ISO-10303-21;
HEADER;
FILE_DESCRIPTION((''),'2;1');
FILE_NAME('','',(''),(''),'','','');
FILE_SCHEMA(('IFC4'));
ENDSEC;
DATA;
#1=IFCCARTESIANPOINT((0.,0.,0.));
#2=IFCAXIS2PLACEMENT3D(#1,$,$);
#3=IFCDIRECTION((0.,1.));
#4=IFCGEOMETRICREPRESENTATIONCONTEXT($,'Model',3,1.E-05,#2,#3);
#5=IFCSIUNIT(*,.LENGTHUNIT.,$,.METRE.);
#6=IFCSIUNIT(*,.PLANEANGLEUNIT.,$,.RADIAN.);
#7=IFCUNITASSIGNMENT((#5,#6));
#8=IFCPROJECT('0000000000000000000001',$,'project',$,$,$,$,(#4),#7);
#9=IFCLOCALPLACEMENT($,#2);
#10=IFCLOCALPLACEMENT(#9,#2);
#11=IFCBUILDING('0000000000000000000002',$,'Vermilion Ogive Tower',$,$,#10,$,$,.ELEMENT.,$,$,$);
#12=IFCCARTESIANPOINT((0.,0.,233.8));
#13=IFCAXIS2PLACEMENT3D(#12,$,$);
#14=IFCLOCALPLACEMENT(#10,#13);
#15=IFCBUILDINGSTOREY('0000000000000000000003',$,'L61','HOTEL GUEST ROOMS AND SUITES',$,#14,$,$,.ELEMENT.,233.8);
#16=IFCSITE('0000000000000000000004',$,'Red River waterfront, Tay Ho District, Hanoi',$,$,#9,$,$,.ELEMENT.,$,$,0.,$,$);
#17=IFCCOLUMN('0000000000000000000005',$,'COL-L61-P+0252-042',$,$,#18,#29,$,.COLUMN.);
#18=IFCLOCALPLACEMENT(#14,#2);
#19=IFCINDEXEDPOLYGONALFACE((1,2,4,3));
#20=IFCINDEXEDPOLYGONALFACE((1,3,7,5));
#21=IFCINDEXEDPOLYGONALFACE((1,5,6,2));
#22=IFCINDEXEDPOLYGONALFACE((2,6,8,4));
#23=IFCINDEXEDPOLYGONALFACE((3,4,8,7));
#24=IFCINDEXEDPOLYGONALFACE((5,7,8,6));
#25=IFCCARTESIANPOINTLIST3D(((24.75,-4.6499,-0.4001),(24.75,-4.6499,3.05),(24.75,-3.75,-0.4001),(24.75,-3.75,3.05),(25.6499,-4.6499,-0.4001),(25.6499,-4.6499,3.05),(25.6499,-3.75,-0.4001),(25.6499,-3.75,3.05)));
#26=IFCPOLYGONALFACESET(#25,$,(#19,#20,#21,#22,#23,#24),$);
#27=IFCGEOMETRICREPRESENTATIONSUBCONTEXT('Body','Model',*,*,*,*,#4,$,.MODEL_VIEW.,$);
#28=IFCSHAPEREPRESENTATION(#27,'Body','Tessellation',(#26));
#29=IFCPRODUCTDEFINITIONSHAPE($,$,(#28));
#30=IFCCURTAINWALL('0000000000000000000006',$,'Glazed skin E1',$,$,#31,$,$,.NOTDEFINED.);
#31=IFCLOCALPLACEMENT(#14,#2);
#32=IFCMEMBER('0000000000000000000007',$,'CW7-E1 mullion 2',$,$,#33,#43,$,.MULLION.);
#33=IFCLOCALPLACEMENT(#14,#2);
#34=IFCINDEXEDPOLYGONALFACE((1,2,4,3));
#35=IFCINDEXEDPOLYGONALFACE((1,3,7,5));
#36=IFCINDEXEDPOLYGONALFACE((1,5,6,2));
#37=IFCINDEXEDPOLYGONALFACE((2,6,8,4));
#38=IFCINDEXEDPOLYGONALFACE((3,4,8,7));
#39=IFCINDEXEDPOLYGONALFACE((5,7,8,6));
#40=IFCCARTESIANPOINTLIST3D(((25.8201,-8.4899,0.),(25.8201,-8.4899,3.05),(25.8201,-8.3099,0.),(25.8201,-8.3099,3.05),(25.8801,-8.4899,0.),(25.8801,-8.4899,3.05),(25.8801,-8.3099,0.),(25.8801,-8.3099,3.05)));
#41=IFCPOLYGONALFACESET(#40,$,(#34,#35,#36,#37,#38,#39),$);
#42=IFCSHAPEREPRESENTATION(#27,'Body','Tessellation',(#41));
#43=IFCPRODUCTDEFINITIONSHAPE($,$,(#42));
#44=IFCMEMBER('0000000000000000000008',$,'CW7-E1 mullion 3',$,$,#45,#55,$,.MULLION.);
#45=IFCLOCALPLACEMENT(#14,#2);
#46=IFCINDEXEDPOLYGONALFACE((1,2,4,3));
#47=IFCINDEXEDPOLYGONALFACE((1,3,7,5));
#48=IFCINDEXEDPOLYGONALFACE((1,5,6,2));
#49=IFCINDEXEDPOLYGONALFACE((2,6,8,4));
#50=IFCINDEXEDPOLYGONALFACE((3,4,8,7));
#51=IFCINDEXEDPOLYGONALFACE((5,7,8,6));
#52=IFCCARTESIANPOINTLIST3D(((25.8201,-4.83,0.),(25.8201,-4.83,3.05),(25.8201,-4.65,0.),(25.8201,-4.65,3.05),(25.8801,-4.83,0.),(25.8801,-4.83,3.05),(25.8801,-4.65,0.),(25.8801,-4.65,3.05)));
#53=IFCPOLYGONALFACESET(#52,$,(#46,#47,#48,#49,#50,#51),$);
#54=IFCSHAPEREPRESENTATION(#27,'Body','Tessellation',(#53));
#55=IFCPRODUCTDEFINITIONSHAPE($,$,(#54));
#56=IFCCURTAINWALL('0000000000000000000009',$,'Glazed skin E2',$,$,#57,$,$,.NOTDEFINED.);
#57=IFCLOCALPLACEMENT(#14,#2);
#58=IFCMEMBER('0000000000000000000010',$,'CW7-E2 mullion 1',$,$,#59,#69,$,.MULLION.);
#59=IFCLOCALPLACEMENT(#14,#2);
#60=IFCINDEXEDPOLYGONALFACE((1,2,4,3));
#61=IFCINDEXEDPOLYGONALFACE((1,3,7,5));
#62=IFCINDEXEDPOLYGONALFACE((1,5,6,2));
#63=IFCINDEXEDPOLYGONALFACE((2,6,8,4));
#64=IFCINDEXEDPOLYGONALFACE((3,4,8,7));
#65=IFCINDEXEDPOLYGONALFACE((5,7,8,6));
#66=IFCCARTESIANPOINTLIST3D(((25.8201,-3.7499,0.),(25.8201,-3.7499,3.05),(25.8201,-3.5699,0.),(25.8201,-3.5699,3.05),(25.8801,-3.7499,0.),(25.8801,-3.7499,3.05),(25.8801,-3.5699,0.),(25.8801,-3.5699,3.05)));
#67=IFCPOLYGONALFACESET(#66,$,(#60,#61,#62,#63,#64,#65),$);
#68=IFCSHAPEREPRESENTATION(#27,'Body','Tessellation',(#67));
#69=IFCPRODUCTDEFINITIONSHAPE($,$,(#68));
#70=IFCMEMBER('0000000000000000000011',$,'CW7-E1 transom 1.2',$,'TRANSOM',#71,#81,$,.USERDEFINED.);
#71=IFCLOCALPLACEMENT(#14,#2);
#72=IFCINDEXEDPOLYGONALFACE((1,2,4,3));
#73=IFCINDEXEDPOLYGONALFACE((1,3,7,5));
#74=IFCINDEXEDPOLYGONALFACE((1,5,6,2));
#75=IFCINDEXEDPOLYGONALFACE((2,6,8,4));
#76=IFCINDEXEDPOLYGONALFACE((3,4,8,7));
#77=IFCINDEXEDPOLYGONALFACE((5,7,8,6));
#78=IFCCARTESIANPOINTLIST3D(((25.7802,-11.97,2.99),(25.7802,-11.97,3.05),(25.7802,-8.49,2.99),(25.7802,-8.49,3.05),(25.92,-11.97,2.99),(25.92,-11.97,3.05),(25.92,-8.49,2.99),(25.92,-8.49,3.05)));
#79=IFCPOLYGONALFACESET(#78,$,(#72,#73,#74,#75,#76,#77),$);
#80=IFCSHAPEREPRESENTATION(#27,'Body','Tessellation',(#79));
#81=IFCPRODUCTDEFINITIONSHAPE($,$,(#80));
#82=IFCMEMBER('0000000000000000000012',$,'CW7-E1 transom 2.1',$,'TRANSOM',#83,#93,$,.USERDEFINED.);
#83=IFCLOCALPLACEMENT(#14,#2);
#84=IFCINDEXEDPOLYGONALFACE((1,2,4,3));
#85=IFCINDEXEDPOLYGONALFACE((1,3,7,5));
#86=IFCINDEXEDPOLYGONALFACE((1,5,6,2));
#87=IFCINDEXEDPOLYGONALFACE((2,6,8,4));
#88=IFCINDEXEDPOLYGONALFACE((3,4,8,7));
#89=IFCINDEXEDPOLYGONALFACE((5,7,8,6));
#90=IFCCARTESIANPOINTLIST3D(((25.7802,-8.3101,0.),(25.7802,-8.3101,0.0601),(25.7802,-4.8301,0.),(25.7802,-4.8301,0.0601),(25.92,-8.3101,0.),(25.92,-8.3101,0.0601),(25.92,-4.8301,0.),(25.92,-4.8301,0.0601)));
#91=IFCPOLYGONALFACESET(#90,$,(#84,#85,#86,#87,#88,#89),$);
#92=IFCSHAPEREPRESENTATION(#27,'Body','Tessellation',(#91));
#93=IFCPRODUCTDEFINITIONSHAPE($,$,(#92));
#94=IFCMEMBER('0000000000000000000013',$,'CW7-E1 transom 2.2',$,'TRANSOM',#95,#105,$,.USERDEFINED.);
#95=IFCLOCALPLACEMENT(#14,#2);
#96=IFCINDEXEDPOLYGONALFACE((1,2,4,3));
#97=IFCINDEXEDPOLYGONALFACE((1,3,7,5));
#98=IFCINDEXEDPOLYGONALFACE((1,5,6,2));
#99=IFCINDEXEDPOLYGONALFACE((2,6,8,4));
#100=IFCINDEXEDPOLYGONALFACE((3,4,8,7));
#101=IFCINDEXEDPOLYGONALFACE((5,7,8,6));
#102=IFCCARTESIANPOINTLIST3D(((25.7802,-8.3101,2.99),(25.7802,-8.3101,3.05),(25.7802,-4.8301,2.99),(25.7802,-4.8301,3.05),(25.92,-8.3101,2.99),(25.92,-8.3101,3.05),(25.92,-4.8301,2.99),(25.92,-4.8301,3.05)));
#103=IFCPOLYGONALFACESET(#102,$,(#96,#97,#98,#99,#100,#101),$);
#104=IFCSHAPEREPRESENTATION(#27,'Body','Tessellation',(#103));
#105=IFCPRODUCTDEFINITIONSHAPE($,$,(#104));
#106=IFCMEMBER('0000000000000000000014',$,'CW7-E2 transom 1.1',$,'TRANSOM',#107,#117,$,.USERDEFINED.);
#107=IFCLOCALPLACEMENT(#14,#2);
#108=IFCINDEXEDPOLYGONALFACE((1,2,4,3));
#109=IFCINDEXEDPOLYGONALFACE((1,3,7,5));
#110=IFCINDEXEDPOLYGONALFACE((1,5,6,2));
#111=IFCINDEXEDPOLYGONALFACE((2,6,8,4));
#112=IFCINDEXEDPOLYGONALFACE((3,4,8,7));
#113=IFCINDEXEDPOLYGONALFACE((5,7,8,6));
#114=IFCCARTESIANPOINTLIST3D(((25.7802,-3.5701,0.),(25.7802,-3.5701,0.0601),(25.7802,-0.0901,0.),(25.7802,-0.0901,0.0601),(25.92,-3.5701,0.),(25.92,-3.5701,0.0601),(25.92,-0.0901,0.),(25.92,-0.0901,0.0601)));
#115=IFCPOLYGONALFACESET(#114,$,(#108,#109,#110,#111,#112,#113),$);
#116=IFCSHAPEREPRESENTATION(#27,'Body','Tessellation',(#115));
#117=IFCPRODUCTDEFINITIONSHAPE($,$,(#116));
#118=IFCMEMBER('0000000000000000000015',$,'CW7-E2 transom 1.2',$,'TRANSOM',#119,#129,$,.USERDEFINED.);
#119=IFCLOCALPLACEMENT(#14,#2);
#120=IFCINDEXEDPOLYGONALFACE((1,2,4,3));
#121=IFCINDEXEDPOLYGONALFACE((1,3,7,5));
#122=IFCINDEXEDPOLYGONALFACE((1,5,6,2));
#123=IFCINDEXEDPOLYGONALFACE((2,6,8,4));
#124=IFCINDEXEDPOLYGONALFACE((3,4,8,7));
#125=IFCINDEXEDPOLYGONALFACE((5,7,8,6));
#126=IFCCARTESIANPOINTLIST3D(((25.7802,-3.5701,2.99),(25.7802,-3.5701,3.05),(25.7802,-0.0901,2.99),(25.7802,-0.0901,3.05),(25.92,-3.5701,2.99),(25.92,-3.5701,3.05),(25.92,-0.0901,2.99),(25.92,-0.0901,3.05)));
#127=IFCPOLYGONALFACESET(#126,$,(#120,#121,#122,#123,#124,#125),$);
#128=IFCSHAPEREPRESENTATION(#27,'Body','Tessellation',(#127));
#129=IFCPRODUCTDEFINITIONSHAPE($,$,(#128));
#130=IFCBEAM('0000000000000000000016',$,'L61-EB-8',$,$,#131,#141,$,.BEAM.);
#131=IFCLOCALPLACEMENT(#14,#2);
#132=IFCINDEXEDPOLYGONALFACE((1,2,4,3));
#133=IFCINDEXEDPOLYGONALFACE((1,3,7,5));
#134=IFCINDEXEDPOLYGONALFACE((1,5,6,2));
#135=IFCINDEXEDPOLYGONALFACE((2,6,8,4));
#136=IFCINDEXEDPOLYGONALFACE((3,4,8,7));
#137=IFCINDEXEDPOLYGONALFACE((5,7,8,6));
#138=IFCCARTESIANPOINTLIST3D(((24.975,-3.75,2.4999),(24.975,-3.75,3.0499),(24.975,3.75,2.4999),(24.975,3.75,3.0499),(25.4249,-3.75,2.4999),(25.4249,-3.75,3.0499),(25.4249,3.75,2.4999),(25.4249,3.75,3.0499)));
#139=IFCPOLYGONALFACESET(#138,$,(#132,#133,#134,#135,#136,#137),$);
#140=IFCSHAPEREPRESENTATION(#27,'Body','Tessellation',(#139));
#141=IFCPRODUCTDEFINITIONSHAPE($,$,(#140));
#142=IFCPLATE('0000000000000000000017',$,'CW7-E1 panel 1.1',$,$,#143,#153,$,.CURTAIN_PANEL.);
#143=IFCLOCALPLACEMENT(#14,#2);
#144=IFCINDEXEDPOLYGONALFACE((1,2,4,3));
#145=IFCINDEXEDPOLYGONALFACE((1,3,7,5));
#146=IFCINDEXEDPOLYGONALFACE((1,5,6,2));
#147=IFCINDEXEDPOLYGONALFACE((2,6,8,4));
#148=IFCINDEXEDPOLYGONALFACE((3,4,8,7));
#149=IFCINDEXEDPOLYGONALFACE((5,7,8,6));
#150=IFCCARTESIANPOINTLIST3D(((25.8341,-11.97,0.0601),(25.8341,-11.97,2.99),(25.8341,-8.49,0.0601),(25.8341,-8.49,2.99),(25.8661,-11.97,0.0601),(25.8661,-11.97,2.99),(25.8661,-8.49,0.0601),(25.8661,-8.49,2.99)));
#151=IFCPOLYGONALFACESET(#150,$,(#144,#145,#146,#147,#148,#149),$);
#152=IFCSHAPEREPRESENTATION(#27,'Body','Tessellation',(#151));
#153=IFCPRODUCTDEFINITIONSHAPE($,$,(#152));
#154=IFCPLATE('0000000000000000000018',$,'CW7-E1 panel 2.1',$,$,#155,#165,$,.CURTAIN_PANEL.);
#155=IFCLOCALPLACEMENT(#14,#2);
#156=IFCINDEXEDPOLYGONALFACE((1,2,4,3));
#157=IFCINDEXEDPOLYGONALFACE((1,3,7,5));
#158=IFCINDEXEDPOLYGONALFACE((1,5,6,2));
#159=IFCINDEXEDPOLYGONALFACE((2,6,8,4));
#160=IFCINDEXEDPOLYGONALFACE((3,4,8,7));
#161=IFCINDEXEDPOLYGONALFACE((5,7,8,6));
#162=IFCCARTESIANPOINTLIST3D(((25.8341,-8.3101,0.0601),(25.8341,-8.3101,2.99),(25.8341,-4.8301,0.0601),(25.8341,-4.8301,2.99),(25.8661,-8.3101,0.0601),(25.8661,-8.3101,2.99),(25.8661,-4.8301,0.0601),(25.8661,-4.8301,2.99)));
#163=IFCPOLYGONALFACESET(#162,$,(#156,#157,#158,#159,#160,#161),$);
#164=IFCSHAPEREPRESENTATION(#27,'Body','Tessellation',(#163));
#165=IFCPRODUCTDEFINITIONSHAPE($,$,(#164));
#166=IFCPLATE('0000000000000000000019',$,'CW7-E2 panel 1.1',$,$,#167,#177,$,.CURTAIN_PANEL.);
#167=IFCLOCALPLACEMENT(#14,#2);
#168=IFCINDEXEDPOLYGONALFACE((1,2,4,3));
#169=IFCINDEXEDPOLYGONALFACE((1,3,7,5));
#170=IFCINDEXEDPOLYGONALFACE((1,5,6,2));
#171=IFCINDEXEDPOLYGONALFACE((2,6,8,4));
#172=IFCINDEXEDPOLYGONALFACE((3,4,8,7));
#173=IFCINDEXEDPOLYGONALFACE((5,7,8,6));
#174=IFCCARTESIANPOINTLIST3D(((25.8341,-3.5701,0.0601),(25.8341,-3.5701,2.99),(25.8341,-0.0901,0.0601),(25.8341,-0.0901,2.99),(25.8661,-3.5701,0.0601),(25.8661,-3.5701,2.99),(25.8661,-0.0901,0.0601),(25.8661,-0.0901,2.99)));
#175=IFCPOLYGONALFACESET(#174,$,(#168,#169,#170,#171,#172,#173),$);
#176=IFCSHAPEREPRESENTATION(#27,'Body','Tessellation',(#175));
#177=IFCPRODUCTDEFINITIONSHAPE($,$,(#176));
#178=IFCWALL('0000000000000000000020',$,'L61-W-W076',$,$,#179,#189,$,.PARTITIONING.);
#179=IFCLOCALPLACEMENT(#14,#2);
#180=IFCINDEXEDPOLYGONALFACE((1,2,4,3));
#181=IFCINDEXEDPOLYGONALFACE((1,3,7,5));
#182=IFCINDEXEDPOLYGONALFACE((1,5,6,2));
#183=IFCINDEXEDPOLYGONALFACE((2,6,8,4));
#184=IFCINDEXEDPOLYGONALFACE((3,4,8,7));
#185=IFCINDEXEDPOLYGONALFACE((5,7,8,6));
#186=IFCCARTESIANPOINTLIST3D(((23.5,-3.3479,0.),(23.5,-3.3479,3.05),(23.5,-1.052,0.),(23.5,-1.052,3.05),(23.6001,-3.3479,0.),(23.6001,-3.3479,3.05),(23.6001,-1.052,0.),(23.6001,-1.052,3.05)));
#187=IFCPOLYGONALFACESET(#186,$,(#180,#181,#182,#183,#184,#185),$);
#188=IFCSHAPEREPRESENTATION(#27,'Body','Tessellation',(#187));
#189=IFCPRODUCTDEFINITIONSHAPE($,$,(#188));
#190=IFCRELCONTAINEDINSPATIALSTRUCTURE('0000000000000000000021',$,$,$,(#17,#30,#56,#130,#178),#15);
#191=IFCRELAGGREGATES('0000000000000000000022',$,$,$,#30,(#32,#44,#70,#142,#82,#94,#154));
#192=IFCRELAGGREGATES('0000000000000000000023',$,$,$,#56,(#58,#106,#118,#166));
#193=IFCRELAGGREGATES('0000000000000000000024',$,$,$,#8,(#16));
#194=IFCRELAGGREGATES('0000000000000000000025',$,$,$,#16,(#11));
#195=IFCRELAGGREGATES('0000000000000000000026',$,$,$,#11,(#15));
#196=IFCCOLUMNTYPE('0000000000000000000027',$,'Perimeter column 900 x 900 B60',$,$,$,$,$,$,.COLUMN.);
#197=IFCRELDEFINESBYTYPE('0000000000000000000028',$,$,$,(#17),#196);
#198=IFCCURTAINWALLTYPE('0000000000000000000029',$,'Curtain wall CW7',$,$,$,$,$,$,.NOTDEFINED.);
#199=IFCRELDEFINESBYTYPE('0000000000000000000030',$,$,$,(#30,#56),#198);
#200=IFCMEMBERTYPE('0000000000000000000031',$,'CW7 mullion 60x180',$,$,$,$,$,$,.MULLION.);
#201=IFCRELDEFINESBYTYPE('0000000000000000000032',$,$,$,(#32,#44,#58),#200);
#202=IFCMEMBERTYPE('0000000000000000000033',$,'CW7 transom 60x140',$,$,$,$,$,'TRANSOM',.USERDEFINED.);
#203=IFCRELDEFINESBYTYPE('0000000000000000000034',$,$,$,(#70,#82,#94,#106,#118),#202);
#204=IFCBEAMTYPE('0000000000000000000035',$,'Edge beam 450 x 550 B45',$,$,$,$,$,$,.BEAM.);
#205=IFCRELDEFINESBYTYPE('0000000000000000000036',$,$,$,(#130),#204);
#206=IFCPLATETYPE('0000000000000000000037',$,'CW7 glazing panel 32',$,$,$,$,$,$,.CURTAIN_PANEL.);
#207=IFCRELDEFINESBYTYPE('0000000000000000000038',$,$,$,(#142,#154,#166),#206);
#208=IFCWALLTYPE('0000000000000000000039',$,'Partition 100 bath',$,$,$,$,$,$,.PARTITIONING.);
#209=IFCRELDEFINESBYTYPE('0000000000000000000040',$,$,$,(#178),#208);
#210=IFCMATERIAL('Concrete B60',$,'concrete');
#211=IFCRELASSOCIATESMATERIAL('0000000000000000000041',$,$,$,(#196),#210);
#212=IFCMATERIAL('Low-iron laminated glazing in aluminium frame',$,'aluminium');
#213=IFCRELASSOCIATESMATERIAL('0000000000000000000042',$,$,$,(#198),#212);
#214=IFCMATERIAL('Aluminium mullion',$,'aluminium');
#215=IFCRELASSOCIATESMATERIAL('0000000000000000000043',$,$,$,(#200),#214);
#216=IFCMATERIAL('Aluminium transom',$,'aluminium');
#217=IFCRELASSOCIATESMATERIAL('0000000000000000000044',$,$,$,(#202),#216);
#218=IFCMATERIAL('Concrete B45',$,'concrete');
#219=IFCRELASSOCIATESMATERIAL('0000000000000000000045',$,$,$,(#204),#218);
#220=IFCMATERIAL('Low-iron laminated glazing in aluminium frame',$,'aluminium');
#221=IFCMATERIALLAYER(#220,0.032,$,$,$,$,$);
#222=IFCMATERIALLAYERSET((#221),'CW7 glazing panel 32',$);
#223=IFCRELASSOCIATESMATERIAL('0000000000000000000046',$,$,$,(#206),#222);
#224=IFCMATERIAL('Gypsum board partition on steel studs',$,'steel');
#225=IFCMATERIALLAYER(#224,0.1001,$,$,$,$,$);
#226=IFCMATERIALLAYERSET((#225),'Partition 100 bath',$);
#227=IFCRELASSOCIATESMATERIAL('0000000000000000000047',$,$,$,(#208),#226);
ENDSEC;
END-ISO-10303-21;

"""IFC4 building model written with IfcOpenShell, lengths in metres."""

from ifc_helpers import new_model, si_unit, direction, frame, frame_2d, origin, origin_2d, place, context, subcontext, project, spatial, rectangle, extrude, material, layer, layer_set, material_profile, profile_set, type_object, element, aggregate, save


model = new_model("IFC4")

# Units and contexts
model_context = context("Model", 3, precision=1e-05, world=origin(), true_north=direction((0.0, 1.0)))
body_context = subcontext(model_context, "Body", "Model", "MODEL_VIEW")
ifc_project = project(units=[si_unit("LENGTHUNIT", "METRE"), si_unit("PLANEANGLEUNIT", "RADIAN")], contexts=[model_context])

# Site, building, storey
site_placement = place(None, origin())
site = spatial("IfcSite", under=ifc_project, at=site_placement, Name="Red River waterfront, Tay Ho District, Hanoi", CompositionType="ELEMENT", RefElevation=0.0)
building_placement = place(site_placement, origin())
building = spatial("IfcBuilding", under=site, at=building_placement, Name="Vermilion Ogive Tower", CompositionType="ELEMENT")
storey_placement = place(building_placement, frame((0.0, 0.0, 233.8)))
storey = spatial("IfcBuildingStorey", under=building, at=storey_placement, Name="L61", Description="HOTEL GUEST ROOMS AND SUITES", CompositionType="ELEMENT", Elevation=233.8)

# Column
ifc_material_1 = material(Name="Concrete B60", Category="concrete")
ifc_material_profile_1 = material_profile(ifc_material_1, rectangle(XDim=0.8999, YDim=0.8999, at=origin_2d()), Name="900 x 900")
ifc_profile_set_1 = profile_set([ifc_material_profile_1], Name="Concrete B60")
column_type = type_object("IfcColumnType", Name="Perimeter column 900 x 900 B60", PredefinedType="COLUMN", material=ifc_profile_set_1)
column_placement = place(storey_placement, frame((25.2, -4.2, -0.4001), z_axis=(0.0, 0.0, 1.0), x_axis=(1.0, 0.0, 0.0)))
element("IfcColumn", 1, at=column_placement, inside=storey, type_object=column_type, Name="COL-L61-P+0252-042", PredefinedType="COLUMN", context=body_context, shape_type="SweptSolid", body=[
    extrude(rectangle(XDim=0.8999, YDim=0.8999, at=origin_2d()), origin(), (0.0, 0.0, 1.0), 3.4502),
])

# Curtain wall, members
ifc_material_2 = material(Name="Low-iron laminated glazing in aluminium frame", Category="aluminium")
curtain_wall_type = type_object("IfcCurtainWallType", Name="Curtain wall CW7", PredefinedType="NOTDEFINED", material=ifc_material_2)
curtain_wall_1_placement = place(storey_placement, origin())
curtain_wall_1 = element("IfcCurtainWall", 2, at=curtain_wall_1_placement, inside=storey, type_object=curtain_wall_type, Name="Glazed skin E1", PredefinedType="NOTDEFINED")
ifc_material_3 = material(Name="Aluminium mullion", Category="aluminium")
ifc_material_profile_2 = material_profile(ifc_material_3, rectangle(XDim=0.0601, YDim=0.1799, at=origin_2d()), Name="AL 60x180")
ifc_profile_set_2 = profile_set([ifc_material_profile_2], Name="Aluminium mullion")
member_type_1 = type_object("IfcMemberType", Name="CW7 mullion 60x180", PredefinedType="MULLION", material=ifc_profile_set_2)
member_1_placement = place(storey_placement, frame((25.8501, -8.3999, 0.0), z_axis=(0.0, 0.0, 1.0), x_axis=(-1.0, 0.0, 0.0)))
member_1 = element("IfcMember", 3, at=member_1_placement, type_object=member_type_1, Name="CW7-E1 mullion 2", PredefinedType="MULLION", context=body_context, shape_type="SweptSolid", body=[
    extrude(rectangle(XDim=0.0601, YDim=0.1799, at=origin_2d()), origin(), (0.0, 0.0, 1.0), 3.05),
])
member_2_placement = place(storey_placement, frame((25.8501, -4.74, 0.0), z_axis=(0.0, 0.0, 1.0), x_axis=(-1.0, 0.0, 0.0)))
member_2 = element("IfcMember", 4, at=member_2_placement, type_object=member_type_1, Name="CW7-E1 mullion 3", PredefinedType="MULLION", context=body_context, shape_type="SweptSolid", body=[
    extrude(rectangle(XDim=0.0601, YDim=0.1799, at=origin_2d()), origin(), (0.0, 0.0, 1.0), 3.05),
])

# Curtain wall, member
curtain_wall_2_placement = place(storey_placement, origin())
curtain_wall_2 = element("IfcCurtainWall", 5, at=curtain_wall_2_placement, inside=storey, type_object=curtain_wall_type, Name="Glazed skin E2", PredefinedType="NOTDEFINED")
member_3_placement = place(storey_placement, frame((25.8501, -3.6599, 0.0), z_axis=(0.0, 0.0, 1.0), x_axis=(-1.0, 0.0, 0.0)))
member_3 = element("IfcMember", 6, at=member_3_placement, type_object=member_type_1, Name="CW7-E2 mullion 1", PredefinedType="MULLION", context=body_context, shape_type="SweptSolid", body=[
    extrude(rectangle(XDim=0.0601, YDim=0.1799, at=origin_2d()), origin(), (0.0, 0.0, 1.0), 3.05),
])

# Members
ifc_material_4 = material(Name="Aluminium transom", Category="aluminium")
ifc_material_profile_3 = material_profile(ifc_material_4, rectangle(XDim=0.1399, YDim=0.0601, at=origin_2d()), Name="AL 60x140")
ifc_profile_set_3 = profile_set([ifc_material_profile_3], Name="Aluminium transom")
member_type_2 = type_object("IfcMemberType", Name="CW7 transom 60x140", ElementType="TRANSOM", PredefinedType="USERDEFINED", material=ifc_profile_set_3)
member_4_placement = place(storey_placement, frame((25.8501, -11.97, 3.02), z_axis=(0.0, 1.0, 0.0), x_axis=(-1.0, 0.0, 0.0)))
member_4 = element("IfcMember", 7, at=member_4_placement, type_object=member_type_2, Name="CW7-E1 transom 1.2", ObjectType="TRANSOM", PredefinedType="USERDEFINED", context=body_context, shape_type="SweptSolid", body=[
    extrude(rectangle(XDim=0.1399, YDim=0.0601, at=origin_2d()), origin(), (0.0, 0.0, 1.0), 3.48),
])
member_5_placement = place(storey_placement, frame((25.8501, -8.3101, 0.03), z_axis=(0.0, 1.0, 0.0), x_axis=(-1.0, 0.0, 0.0)))
member_5 = element("IfcMember", 8, at=member_5_placement, type_object=member_type_2, Name="CW7-E1 transom 2.1", ObjectType="TRANSOM", PredefinedType="USERDEFINED", context=body_context, shape_type="SweptSolid", body=[
    extrude(rectangle(XDim=0.1399, YDim=0.0601, at=origin_2d()), origin(), (0.0, 0.0, 1.0), 3.48),
])
member_6_placement = place(storey_placement, frame((25.8501, -8.3101, 3.02), z_axis=(0.0, 1.0, 0.0), x_axis=(-1.0, 0.0, 0.0)))
member_6 = element("IfcMember", 9, at=member_6_placement, type_object=member_type_2, Name="CW7-E1 transom 2.2", ObjectType="TRANSOM", PredefinedType="USERDEFINED", context=body_context, shape_type="SweptSolid", body=[
    extrude(rectangle(XDim=0.1399, YDim=0.0601, at=origin_2d()), origin(), (0.0, 0.0, 1.0), 3.48),
])
member_7_placement = place(storey_placement, frame((25.8501, -3.5701, 0.03), z_axis=(0.0, 1.0, 0.0), x_axis=(-1.0, 0.0, 0.0)))
member_7 = element("IfcMember", 10, at=member_7_placement, type_object=member_type_2, Name="CW7-E2 transom 1.1", ObjectType="TRANSOM", PredefinedType="USERDEFINED", context=body_context, shape_type="SweptSolid", body=[
    extrude(rectangle(XDim=0.1399, YDim=0.0601, at=origin_2d()), origin(), (0.0, 0.0, 1.0), 3.48),
])
member_8_placement = place(storey_placement, frame((25.8501, -3.5701, 3.02), z_axis=(0.0, 1.0, 0.0), x_axis=(-1.0, 0.0, 0.0)))
member_8 = element("IfcMember", 11, at=member_8_placement, type_object=member_type_2, Name="CW7-E2 transom 1.2", ObjectType="TRANSOM", PredefinedType="USERDEFINED", context=body_context, shape_type="SweptSolid", body=[
    extrude(rectangle(XDim=0.1399, YDim=0.0601, at=origin_2d()), origin(), (0.0, 0.0, 1.0), 3.48),
])

# Beam
ifc_material_5 = material(Name="Concrete B45", Category="concrete")
ifc_material_profile_4 = material_profile(ifc_material_5, rectangle(XDim=0.45, YDim=0.55, at=origin_2d()), Name="450 x 550")
ifc_profile_set_4 = profile_set([ifc_material_profile_4], Name="Concrete B45")
beam_type = type_object("IfcBeamType", Name="Edge beam 450 x 550 B45", PredefinedType="BEAM", material=ifc_profile_set_4)
beam_placement = place(storey_placement, frame((25.2, -3.75, 2.7749), z_axis=(0.0, 1.0, 0.0), x_axis=(-1.0, 0.0, 0.0)))
element("IfcBeam", 12, at=beam_placement, inside=storey, type_object=beam_type, Name="L61-EB-8", PredefinedType="BEAM", context=body_context, shape_type="SweptSolid", body=[
    extrude(rectangle(XDim=0.45, YDim=0.55, at=origin_2d()), origin(), (0.0, 0.0, 1.0), 7.5),
])

# Plates
ifc_material_6 = material(Name="Low-iron laminated glazing in aluminium frame", Category="aluminium")
ifc_layer_1 = layer(ifc_material_6, 0.032)
ifc_layer_set_1 = layer_set([ifc_layer_1], Name="CW7 glazing panel 32")
plate_type = type_object("IfcPlateType", Name="CW7 glazing panel 32", PredefinedType="CURTAIN_PANEL", material=ifc_layer_set_1)
plate_1_placement = place(storey_placement, frame((25.8501, -10.23, 0.0601), z_axis=(0.0, 0.0, 1.0), x_axis=(0.0, 1.0, 0.0)))
plate_1 = element("IfcPlate", 13, at=plate_1_placement, type_object=plate_type, Name="CW7-E1 panel 1.1", PredefinedType="CURTAIN_PANEL", context=body_context, shape_type="SweptSolid", body=[
    extrude(rectangle(XDim=3.48, YDim=0.032, at=origin_2d()), origin(), (0.0, 0.0, 1.0), 2.9299),
])
plate_2_placement = place(storey_placement, frame((25.8501, -6.5701, 0.0601), z_axis=(0.0, 0.0, 1.0), x_axis=(0.0, 1.0, 0.0)))
plate_2 = element("IfcPlate", 14, at=plate_2_placement, type_object=plate_type, Name="CW7-E1 panel 2.1", PredefinedType="CURTAIN_PANEL", context=body_context, shape_type="SweptSolid", body=[
    extrude(rectangle(XDim=3.48, YDim=0.032, at=origin_2d()), origin(), (0.0, 0.0, 1.0), 2.9299),
])
aggregate(curtain_wall_1, [member_1, member_2, member_4, plate_1, member_5, member_6, plate_2])
plate_3_placement = place(storey_placement, frame((25.8501, -1.8301, 0.0601), z_axis=(0.0, 0.0, 1.0), x_axis=(0.0, 1.0, 0.0)))
plate_3 = element("IfcPlate", 15, at=plate_3_placement, type_object=plate_type, Name="CW7-E2 panel 1.1", PredefinedType="CURTAIN_PANEL", context=body_context, shape_type="SweptSolid", body=[
    extrude(rectangle(XDim=3.48, YDim=0.032, at=origin_2d()), origin(), (0.0, 0.0, 1.0), 2.9299),
])
aggregate(curtain_wall_2, [member_3, member_7, member_8, plate_3])

# Wall
ifc_material_7 = material(Name="Gypsum board partition on steel studs", Category="steel")
ifc_layer_2 = layer(ifc_material_7, 0.1001)
ifc_layer_set_2 = layer_set([ifc_layer_2], Name="Partition 100 bath")
wall_type = type_object("IfcWallType", Name="Partition 100 bath", PredefinedType="PARTITIONING", material=ifc_layer_set_2)
wall_placement = place(storey_placement, frame((23.55, -3.3479, 0.0), z_axis=(0.0, 0.0, 1.0), x_axis=(0.0, 1.0, 0.0)))
element("IfcWall", 16, at=wall_placement, inside=storey, type_object=wall_type, Name="L61-W-W076", PredefinedType="PARTITIONING", context=body_context, shape_type="SweptSolid", body=[
    extrude(rectangle(XDim=2.2959, YDim=0.1001, at=frame_2d((1.1479, 0.0))), origin(), (0.0, 0.0, 1.0), 3.05),
])

save(model, "model.ifc")
